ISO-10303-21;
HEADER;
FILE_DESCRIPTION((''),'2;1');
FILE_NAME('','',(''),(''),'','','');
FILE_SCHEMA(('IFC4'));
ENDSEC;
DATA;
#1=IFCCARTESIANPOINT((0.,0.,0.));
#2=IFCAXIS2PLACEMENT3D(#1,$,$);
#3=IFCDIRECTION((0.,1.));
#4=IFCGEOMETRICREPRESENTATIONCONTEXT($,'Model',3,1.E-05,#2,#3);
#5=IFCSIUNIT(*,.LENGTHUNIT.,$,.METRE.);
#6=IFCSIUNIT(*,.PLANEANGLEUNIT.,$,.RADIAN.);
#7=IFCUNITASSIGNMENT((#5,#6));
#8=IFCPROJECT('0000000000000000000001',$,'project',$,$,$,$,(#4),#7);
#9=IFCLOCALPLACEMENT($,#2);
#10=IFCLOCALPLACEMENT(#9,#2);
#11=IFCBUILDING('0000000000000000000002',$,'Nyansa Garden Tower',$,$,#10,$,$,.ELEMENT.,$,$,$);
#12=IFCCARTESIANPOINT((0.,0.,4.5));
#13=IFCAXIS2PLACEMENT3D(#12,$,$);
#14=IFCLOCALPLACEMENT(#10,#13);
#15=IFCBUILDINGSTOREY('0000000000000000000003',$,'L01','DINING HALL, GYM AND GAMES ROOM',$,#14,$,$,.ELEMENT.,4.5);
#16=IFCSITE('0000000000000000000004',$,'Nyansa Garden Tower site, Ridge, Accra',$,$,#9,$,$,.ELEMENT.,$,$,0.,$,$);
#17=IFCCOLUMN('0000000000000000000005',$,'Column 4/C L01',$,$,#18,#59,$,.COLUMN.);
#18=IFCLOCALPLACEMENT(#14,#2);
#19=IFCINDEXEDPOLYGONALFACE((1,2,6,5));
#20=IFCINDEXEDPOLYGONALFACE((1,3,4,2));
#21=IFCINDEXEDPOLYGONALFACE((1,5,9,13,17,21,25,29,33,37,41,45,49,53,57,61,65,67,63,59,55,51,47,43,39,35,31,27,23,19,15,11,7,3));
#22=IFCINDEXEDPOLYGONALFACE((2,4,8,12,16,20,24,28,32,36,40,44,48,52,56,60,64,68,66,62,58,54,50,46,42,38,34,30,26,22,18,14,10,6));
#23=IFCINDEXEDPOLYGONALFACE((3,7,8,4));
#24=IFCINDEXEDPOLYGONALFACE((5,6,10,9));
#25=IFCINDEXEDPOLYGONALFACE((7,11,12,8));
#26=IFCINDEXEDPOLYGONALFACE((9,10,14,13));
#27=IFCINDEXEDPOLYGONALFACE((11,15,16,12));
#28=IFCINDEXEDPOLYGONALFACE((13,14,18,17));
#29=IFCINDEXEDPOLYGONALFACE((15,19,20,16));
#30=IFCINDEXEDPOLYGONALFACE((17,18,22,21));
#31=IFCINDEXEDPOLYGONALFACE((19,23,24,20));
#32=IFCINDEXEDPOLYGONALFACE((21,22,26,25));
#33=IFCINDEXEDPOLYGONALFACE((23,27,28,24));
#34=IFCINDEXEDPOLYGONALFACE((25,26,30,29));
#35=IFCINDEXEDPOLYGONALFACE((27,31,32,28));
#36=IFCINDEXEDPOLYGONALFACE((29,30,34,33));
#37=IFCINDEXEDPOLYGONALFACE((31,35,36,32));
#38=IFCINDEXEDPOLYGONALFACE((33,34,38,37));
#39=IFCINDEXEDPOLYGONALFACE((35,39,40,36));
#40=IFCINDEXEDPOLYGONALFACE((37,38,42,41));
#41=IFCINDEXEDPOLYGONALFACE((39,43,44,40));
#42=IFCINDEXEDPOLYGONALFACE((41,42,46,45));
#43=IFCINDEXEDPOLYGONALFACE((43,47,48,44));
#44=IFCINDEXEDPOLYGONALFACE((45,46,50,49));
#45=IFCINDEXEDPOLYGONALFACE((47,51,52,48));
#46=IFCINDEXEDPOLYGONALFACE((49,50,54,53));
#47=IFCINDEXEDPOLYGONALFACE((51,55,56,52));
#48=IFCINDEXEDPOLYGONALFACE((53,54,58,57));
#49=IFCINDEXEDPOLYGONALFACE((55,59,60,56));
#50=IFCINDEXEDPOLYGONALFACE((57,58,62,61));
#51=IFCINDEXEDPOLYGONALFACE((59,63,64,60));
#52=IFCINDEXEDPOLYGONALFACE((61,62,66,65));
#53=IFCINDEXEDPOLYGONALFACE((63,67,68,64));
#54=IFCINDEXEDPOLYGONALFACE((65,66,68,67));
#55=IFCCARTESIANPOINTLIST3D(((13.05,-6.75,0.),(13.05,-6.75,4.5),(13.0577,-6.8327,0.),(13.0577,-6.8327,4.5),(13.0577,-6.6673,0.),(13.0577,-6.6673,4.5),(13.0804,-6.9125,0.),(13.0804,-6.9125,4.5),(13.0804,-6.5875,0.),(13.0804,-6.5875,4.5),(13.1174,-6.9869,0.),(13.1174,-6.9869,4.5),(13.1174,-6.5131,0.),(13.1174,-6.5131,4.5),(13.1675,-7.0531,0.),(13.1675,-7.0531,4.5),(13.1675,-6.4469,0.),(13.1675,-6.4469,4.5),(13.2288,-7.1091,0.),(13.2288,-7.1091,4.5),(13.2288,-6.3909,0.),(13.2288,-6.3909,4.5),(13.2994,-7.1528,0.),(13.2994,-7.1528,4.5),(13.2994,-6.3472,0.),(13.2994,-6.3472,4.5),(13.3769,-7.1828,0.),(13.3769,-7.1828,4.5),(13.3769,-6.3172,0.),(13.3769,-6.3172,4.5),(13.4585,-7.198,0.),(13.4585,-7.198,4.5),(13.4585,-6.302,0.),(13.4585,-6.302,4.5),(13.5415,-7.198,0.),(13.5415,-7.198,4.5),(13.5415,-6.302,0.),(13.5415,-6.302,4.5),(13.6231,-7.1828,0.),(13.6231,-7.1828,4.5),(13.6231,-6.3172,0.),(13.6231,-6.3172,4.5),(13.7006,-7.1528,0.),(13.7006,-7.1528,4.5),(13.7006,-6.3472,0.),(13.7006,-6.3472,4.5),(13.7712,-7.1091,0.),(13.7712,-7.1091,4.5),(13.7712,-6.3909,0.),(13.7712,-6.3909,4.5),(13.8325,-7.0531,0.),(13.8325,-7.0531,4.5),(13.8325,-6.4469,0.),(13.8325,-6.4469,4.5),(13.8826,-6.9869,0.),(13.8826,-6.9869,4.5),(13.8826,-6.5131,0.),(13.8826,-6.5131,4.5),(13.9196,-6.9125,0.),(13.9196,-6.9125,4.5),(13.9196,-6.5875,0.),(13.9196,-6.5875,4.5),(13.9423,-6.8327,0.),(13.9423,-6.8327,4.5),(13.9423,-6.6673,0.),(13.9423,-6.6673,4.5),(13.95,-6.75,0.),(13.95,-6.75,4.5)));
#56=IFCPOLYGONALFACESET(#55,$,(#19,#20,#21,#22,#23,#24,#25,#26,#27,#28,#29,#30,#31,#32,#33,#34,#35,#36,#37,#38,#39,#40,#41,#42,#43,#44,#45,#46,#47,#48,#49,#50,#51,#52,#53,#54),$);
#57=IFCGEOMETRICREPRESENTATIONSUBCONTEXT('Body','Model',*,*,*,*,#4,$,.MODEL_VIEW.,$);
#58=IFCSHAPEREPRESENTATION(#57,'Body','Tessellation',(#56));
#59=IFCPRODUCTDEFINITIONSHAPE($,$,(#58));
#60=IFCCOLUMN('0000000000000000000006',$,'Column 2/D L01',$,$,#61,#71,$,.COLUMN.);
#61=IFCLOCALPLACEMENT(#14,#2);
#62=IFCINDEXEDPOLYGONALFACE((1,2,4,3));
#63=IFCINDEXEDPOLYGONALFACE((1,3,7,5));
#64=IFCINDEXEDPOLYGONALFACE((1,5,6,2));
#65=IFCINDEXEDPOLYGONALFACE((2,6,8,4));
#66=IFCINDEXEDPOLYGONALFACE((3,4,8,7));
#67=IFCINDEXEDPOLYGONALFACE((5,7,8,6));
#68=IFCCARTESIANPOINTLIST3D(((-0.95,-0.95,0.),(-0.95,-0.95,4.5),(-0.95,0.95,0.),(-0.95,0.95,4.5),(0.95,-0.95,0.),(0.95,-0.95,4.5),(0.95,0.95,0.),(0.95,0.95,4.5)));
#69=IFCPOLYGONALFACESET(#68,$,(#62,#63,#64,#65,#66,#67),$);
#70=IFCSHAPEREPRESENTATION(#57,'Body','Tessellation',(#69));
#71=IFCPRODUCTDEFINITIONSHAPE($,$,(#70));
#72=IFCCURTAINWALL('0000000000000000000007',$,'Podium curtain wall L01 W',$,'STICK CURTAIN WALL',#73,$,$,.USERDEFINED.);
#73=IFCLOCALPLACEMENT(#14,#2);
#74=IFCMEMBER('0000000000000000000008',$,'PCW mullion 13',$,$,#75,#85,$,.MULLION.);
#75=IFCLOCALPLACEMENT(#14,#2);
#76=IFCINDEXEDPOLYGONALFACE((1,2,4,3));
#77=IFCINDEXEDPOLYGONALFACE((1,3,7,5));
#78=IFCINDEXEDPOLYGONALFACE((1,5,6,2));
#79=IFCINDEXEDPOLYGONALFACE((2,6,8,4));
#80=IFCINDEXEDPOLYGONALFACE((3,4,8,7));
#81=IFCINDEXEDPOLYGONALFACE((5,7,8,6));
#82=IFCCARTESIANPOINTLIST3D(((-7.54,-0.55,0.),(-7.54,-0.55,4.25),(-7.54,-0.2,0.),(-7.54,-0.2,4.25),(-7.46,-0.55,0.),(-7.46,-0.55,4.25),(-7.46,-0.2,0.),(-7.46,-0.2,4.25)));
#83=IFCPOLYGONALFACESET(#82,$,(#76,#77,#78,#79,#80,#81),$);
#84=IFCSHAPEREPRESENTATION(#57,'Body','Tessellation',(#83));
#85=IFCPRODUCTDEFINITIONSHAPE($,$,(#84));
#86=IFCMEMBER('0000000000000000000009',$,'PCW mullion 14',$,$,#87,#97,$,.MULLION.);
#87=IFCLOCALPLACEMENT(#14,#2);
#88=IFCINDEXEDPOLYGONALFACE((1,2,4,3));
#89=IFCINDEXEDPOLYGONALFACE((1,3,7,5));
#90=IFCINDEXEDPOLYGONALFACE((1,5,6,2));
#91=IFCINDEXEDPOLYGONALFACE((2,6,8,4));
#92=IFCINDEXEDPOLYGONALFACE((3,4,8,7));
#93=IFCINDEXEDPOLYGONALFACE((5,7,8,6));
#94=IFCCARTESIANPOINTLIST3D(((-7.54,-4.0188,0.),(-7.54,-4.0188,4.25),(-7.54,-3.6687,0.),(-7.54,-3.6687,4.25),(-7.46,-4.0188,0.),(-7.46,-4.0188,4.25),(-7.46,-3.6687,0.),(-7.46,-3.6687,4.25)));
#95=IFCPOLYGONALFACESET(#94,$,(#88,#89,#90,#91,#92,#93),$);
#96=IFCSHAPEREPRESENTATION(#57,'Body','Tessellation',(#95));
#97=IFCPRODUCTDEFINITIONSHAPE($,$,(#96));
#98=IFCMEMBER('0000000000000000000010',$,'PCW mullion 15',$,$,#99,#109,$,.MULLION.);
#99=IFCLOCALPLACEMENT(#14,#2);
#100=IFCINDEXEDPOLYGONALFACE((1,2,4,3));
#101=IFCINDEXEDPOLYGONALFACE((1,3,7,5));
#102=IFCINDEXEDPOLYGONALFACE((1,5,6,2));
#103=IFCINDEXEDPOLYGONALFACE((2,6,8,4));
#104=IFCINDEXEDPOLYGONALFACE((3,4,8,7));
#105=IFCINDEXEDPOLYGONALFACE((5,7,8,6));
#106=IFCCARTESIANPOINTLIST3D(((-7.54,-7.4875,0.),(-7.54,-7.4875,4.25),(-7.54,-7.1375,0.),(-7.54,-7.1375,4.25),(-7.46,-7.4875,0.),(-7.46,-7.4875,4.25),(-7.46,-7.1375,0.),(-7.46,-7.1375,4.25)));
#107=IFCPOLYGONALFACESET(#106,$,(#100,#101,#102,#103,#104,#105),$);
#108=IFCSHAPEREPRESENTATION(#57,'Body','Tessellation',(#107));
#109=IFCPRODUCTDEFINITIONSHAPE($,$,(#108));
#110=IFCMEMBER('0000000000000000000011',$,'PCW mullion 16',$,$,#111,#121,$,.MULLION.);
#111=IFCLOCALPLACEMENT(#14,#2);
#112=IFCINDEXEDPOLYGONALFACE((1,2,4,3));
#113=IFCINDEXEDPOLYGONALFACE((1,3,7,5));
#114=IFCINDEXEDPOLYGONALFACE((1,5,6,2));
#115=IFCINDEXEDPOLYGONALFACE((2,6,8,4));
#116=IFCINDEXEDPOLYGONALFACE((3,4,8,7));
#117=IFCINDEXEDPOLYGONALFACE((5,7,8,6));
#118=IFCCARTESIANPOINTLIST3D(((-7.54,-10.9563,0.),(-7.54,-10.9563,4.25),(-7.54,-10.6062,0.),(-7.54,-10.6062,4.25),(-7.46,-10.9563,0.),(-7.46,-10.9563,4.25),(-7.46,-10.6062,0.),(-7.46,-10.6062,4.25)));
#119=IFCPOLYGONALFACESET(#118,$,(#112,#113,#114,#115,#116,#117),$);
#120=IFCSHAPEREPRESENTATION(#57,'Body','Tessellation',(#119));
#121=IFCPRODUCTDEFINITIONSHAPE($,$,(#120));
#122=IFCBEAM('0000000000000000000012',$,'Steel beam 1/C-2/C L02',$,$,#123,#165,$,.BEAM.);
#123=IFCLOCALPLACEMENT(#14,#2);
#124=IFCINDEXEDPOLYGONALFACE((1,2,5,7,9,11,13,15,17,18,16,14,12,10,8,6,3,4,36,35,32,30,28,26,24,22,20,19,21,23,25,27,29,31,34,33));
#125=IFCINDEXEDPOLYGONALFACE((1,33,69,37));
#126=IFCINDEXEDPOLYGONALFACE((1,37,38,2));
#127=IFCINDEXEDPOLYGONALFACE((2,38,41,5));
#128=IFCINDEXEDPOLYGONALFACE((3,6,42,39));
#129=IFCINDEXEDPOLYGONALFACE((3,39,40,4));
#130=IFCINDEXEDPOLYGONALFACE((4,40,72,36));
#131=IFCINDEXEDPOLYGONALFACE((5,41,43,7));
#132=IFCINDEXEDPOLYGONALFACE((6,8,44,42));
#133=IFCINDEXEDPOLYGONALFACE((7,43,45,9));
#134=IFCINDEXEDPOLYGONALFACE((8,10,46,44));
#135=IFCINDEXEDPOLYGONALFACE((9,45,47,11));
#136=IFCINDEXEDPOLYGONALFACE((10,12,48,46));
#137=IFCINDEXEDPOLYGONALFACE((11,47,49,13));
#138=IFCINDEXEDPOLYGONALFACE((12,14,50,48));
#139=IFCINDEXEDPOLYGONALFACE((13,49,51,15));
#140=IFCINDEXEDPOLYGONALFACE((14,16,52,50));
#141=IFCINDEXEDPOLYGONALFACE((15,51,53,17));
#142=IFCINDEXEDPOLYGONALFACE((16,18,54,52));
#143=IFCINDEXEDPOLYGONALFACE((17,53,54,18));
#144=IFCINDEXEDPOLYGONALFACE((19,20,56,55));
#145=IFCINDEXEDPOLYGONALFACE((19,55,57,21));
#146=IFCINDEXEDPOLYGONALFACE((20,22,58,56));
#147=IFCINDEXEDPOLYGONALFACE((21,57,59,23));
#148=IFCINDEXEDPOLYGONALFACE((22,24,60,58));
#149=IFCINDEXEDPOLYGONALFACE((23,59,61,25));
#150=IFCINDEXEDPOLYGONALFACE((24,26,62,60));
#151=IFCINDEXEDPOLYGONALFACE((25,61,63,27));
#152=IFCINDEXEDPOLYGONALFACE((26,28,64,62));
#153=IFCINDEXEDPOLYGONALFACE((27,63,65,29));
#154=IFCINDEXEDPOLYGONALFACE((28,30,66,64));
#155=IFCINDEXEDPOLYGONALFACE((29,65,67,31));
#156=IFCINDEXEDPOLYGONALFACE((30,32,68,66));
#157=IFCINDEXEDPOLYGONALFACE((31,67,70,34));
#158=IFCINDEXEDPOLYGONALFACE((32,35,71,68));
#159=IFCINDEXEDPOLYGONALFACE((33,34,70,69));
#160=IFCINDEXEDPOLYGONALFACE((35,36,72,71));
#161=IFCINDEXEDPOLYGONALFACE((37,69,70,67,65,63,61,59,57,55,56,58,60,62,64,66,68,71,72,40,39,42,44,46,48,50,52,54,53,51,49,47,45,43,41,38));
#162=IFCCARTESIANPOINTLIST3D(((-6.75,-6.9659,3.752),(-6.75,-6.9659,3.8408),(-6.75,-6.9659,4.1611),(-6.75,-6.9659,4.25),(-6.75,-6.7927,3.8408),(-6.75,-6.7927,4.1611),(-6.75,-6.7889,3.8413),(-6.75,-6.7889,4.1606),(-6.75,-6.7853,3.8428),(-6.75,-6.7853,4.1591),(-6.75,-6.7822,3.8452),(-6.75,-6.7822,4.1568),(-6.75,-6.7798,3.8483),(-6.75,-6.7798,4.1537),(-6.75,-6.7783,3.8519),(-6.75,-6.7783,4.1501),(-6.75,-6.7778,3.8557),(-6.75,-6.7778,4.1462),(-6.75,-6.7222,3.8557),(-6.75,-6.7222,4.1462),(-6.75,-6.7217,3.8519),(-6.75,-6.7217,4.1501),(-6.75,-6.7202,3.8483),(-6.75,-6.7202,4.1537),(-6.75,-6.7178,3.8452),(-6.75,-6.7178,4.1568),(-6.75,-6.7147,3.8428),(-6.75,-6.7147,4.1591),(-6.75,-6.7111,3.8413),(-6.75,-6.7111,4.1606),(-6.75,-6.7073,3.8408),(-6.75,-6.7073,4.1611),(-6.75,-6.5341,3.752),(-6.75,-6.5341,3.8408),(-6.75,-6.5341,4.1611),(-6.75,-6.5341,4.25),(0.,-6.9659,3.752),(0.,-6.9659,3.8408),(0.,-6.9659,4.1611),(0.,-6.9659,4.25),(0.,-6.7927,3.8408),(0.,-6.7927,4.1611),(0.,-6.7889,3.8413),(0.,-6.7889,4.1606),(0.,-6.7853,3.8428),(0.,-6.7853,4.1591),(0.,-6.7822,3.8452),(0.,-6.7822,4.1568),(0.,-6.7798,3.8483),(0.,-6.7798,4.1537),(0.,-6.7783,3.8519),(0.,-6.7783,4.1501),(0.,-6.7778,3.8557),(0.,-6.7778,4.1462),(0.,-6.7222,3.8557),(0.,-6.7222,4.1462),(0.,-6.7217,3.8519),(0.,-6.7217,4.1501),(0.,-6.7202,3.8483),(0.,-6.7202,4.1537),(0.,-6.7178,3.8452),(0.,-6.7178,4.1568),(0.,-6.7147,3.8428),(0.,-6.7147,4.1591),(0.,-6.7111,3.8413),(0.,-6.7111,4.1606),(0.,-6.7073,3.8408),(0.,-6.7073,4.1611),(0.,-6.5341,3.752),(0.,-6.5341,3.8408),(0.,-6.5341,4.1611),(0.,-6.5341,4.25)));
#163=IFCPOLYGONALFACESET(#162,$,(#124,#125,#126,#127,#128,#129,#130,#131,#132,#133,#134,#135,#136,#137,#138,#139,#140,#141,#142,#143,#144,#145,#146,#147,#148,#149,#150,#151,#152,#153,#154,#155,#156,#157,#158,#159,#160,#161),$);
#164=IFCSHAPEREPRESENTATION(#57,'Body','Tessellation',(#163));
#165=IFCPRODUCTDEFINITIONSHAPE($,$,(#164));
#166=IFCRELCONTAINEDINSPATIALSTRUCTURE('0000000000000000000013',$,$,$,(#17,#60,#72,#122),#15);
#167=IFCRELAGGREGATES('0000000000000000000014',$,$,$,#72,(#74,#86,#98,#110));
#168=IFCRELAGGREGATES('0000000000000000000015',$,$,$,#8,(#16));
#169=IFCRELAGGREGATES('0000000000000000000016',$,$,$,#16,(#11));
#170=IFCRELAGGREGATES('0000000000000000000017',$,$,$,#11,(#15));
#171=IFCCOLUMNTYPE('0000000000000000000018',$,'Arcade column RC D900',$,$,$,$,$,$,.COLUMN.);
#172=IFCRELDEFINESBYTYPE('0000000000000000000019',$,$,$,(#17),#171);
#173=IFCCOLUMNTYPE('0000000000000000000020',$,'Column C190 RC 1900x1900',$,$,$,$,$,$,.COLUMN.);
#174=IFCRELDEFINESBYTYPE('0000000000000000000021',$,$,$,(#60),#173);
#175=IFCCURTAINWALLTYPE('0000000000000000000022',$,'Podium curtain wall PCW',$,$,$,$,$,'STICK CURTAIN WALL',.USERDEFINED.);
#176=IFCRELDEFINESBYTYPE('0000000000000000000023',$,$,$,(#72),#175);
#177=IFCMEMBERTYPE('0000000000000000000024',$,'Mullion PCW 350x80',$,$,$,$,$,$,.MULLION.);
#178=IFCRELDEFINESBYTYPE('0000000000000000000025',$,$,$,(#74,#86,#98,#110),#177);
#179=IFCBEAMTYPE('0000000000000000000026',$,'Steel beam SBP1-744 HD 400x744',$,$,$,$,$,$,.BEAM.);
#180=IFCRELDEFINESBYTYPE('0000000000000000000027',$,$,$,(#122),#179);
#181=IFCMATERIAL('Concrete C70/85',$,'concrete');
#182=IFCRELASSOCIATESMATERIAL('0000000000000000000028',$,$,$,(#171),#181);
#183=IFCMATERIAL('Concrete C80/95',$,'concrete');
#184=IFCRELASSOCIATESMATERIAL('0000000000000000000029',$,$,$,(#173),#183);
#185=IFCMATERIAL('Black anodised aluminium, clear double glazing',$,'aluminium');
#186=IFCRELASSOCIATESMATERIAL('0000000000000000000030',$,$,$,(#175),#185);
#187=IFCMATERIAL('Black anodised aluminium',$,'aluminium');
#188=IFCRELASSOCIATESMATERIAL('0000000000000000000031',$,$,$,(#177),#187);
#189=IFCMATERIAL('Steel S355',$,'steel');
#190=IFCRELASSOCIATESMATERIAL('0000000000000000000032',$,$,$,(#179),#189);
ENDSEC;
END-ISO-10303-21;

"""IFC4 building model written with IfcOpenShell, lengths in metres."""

from ifc_helpers import new_model, si_unit, direction, frame, origin, origin_with_axes, origin_2d, place, context, subcontext, project, spatial, rectangle, circle, i_section, extrude, material, material_profile, profile_set, type_object, element, aggregate, save


model = new_model("IFC4")

# Units and contexts
model_context = context("Model", 3, precision=1e-05, world=origin(), true_north=direction((0.0, 1.0)))
body_context = subcontext(model_context, "Body", "Model", "MODEL_VIEW")
ifc_project = project(units=[si_unit("LENGTHUNIT", "METRE"), si_unit("PLANEANGLEUNIT", "RADIAN")], contexts=[model_context])

# Site, building, storey
site_placement = place(None, origin())
site = spatial("IfcSite", under=ifc_project, at=site_placement, Name="Nyansa Garden Tower site, Ridge, Accra", CompositionType="ELEMENT", RefElevation=0.0)
building_placement = place(site_placement, origin())
building = spatial("IfcBuilding", under=site, at=building_placement, Name="Nyansa Garden Tower", CompositionType="ELEMENT")
storey_placement = place(building_placement, frame((0.0, 0.0, 4.5)))
storey = spatial("IfcBuildingStorey", under=building, at=storey_placement, Name="L01", Description="DINING HALL, GYM AND GAMES ROOM", CompositionType="ELEMENT", Elevation=4.5)

# Columns
ifc_material_1 = material(Name="Concrete C70/85", Category="concrete")
ifc_material_profile_1 = material_profile(ifc_material_1, circle(Radius=0.45, at=origin_2d()), Name="RC D900")
ifc_profile_set_1 = profile_set([ifc_material_profile_1], Name="Concrete C70/85")
column_type_1 = type_object("IfcColumnType", Name="Arcade column RC D900", PredefinedType="COLUMN", material=ifc_profile_set_1)
for number, where, z_axis, x_axis, name in (
    (1, (13.5, -6.75, 0.0), (0.0, 0.0, 1.0), (1.0, 0.0, 0.0), "Column 4/C L01"),
):
    element("IfcColumn", number, at=place(storey_placement, frame(where, z_axis=z_axis, x_axis=x_axis)), inside=storey, type_object=column_type_1, Name=name, PredefinedType="COLUMN", context=body_context, shape_type="SweptSolid", body=[
        extrude(circle(Radius=0.45, at=origin_2d()), origin(), (0.0, 0.0, 1.0), 4.5),
    ])
ifc_material_2 = material(Name="Concrete C80/95", Category="concrete")
ifc_material_profile_2 = material_profile(ifc_material_2, rectangle(XDim=1.8999, YDim=1.8999, at=origin_2d()), Name="RC 1900x1900")
ifc_profile_set_2 = profile_set([ifc_material_profile_2], Name="Concrete C80/95")
column_type_2 = type_object("IfcColumnType", Name="Column C190 RC 1900x1900", PredefinedType="COLUMN", material=ifc_profile_set_2)
column_placement = place(storey_placement, origin_with_axes())
element("IfcColumn", 2, at=column_placement, inside=storey, type_object=column_type_2, Name="Column 2/D L01", PredefinedType="COLUMN", context=body_context, shape_type="SweptSolid", body=[
    extrude(rectangle(XDim=1.8999, YDim=1.8999, at=origin_2d()), origin(), (0.0, 0.0, 1.0), 4.5),
])

# Curtain wall, members
ifc_material_3 = material(Name="Black anodised aluminium, clear double glazing", Category="aluminium")
curtain_wall_type = type_object("IfcCurtainWallType", Name="Podium curtain wall PCW", ElementType="STICK CURTAIN WALL", PredefinedType="USERDEFINED", material=ifc_material_3)
curtain_wall_placement = place(storey_placement, origin())
curtain_wall = element("IfcCurtainWall", 3, at=curtain_wall_placement, inside=storey, type_object=curtain_wall_type, Name="Podium curtain wall L01 W", ObjectType="STICK CURTAIN WALL", PredefinedType="USERDEFINED")
ifc_material_4 = material(Name="Black anodised aluminium", Category="aluminium")
ifc_material_profile_3 = material_profile(ifc_material_4, rectangle(XDim=0.0801, YDim=0.3501, at=origin_2d()), Name="Mullion 350x80")
ifc_profile_set_3 = profile_set([ifc_material_profile_3], Name="Black anodised aluminium")
member_type_1 = type_object("IfcMemberType", Name="Mullion PCW 350x80", PredefinedType="MULLION", material=ifc_profile_set_3)
member_1_placement = place(storey_placement, frame((-7.5, -0.375, 0.0), z_axis=(0.0, 0.0, 1.0), x_axis=(1.0, 0.0, 0.0)))
member_1 = element("IfcMember", 4, at=member_1_placement, type_object=member_type_1, Name="PCW mullion 13", PredefinedType="MULLION", context=body_context, shape_type="SweptSolid", body=[
    extrude(rectangle(XDim=0.0801, YDim=0.3501, at=origin_2d()), origin(), (0.0, 0.0, 1.0), 4.25),
])
member_2_placement = place(storey_placement, frame((-7.5, -3.8438, 0.0), z_axis=(0.0, 0.0, 1.0), x_axis=(1.0, 0.0, 0.0)))
member_2 = element("IfcMember", 5, at=member_2_placement, type_object=member_type_1, Name="PCW mullion 14", PredefinedType="MULLION", context=body_context, shape_type="SweptSolid", body=[
    extrude(rectangle(XDim=0.0801, YDim=0.3501, at=origin_2d()), origin(), (0.0, 0.0, 1.0), 4.25),
])
member_3_placement = place(storey_placement, frame((-7.5, -7.3125, 0.0), z_axis=(0.0, 0.0, 1.0), x_axis=(1.0, 0.0, 0.0)))
member_3 = element("IfcMember", 6, at=member_3_placement, type_object=member_type_1, Name="PCW mullion 15", PredefinedType="MULLION", context=body_context, shape_type="SweptSolid", body=[
    extrude(rectangle(XDim=0.0801, YDim=0.3501, at=origin_2d()), origin(), (0.0, 0.0, 1.0), 4.25),
])
member_4_placement = place(storey_placement, frame((-7.5, -10.7812, 0.0), z_axis=(0.0, 0.0, 1.0), x_axis=(1.0, 0.0, 0.0)))
member_4 = element("IfcMember", 7, at=member_4_placement, type_object=member_type_1, Name="PCW mullion 16", PredefinedType="MULLION", context=body_context, shape_type="SweptSolid", body=[
    extrude(rectangle(XDim=0.0801, YDim=0.3501, at=origin_2d()), origin(), (0.0, 0.0, 1.0), 4.25),
])

# Beam
ifc_material_5 = material(Name="Steel S355", Category="steel")
ifc_material_profile_4 = material_profile(ifc_material_5, i_section(OverallWidth=0.4319, OverallDepth=0.498, WebThickness=0.0557, FlangeThickness=0.0889, FilletRadius=0.0149, at=origin_2d()), Name="HD 400x744")
ifc_profile_set_4 = profile_set([ifc_material_profile_4], Name="Steel S355")
beam_type_1 = type_object("IfcBeamType", Name="Steel beam SBP1-744 HD 400x744", PredefinedType="BEAM", material=ifc_profile_set_4)
for number, where, z_axis, x_axis, name in (
    (8, (-6.75, -6.75, 4.001), (1.0, 0.0, 0.0), (0.0, 1.0, 0.0), "Steel beam 1/C-2/C L02"),
):
    element("IfcBeam", number, at=place(storey_placement, frame(where, z_axis=z_axis, x_axis=x_axis)), inside=storey, type_object=beam_type_1, Name=name, PredefinedType="BEAM", context=body_context, shape_type="SweptSolid", body=[
        extrude(i_section(OverallWidth=0.4319, OverallDepth=0.498, WebThickness=0.0557, FlangeThickness=0.0889, FilletRadius=0.0149, at=origin_2d()), origin(), (0.0, 0.0, 1.0), 6.75),
    ])

aggregate(curtain_wall, [member_1, member_2, member_3, member_4])

save(model, "model.ifc")
